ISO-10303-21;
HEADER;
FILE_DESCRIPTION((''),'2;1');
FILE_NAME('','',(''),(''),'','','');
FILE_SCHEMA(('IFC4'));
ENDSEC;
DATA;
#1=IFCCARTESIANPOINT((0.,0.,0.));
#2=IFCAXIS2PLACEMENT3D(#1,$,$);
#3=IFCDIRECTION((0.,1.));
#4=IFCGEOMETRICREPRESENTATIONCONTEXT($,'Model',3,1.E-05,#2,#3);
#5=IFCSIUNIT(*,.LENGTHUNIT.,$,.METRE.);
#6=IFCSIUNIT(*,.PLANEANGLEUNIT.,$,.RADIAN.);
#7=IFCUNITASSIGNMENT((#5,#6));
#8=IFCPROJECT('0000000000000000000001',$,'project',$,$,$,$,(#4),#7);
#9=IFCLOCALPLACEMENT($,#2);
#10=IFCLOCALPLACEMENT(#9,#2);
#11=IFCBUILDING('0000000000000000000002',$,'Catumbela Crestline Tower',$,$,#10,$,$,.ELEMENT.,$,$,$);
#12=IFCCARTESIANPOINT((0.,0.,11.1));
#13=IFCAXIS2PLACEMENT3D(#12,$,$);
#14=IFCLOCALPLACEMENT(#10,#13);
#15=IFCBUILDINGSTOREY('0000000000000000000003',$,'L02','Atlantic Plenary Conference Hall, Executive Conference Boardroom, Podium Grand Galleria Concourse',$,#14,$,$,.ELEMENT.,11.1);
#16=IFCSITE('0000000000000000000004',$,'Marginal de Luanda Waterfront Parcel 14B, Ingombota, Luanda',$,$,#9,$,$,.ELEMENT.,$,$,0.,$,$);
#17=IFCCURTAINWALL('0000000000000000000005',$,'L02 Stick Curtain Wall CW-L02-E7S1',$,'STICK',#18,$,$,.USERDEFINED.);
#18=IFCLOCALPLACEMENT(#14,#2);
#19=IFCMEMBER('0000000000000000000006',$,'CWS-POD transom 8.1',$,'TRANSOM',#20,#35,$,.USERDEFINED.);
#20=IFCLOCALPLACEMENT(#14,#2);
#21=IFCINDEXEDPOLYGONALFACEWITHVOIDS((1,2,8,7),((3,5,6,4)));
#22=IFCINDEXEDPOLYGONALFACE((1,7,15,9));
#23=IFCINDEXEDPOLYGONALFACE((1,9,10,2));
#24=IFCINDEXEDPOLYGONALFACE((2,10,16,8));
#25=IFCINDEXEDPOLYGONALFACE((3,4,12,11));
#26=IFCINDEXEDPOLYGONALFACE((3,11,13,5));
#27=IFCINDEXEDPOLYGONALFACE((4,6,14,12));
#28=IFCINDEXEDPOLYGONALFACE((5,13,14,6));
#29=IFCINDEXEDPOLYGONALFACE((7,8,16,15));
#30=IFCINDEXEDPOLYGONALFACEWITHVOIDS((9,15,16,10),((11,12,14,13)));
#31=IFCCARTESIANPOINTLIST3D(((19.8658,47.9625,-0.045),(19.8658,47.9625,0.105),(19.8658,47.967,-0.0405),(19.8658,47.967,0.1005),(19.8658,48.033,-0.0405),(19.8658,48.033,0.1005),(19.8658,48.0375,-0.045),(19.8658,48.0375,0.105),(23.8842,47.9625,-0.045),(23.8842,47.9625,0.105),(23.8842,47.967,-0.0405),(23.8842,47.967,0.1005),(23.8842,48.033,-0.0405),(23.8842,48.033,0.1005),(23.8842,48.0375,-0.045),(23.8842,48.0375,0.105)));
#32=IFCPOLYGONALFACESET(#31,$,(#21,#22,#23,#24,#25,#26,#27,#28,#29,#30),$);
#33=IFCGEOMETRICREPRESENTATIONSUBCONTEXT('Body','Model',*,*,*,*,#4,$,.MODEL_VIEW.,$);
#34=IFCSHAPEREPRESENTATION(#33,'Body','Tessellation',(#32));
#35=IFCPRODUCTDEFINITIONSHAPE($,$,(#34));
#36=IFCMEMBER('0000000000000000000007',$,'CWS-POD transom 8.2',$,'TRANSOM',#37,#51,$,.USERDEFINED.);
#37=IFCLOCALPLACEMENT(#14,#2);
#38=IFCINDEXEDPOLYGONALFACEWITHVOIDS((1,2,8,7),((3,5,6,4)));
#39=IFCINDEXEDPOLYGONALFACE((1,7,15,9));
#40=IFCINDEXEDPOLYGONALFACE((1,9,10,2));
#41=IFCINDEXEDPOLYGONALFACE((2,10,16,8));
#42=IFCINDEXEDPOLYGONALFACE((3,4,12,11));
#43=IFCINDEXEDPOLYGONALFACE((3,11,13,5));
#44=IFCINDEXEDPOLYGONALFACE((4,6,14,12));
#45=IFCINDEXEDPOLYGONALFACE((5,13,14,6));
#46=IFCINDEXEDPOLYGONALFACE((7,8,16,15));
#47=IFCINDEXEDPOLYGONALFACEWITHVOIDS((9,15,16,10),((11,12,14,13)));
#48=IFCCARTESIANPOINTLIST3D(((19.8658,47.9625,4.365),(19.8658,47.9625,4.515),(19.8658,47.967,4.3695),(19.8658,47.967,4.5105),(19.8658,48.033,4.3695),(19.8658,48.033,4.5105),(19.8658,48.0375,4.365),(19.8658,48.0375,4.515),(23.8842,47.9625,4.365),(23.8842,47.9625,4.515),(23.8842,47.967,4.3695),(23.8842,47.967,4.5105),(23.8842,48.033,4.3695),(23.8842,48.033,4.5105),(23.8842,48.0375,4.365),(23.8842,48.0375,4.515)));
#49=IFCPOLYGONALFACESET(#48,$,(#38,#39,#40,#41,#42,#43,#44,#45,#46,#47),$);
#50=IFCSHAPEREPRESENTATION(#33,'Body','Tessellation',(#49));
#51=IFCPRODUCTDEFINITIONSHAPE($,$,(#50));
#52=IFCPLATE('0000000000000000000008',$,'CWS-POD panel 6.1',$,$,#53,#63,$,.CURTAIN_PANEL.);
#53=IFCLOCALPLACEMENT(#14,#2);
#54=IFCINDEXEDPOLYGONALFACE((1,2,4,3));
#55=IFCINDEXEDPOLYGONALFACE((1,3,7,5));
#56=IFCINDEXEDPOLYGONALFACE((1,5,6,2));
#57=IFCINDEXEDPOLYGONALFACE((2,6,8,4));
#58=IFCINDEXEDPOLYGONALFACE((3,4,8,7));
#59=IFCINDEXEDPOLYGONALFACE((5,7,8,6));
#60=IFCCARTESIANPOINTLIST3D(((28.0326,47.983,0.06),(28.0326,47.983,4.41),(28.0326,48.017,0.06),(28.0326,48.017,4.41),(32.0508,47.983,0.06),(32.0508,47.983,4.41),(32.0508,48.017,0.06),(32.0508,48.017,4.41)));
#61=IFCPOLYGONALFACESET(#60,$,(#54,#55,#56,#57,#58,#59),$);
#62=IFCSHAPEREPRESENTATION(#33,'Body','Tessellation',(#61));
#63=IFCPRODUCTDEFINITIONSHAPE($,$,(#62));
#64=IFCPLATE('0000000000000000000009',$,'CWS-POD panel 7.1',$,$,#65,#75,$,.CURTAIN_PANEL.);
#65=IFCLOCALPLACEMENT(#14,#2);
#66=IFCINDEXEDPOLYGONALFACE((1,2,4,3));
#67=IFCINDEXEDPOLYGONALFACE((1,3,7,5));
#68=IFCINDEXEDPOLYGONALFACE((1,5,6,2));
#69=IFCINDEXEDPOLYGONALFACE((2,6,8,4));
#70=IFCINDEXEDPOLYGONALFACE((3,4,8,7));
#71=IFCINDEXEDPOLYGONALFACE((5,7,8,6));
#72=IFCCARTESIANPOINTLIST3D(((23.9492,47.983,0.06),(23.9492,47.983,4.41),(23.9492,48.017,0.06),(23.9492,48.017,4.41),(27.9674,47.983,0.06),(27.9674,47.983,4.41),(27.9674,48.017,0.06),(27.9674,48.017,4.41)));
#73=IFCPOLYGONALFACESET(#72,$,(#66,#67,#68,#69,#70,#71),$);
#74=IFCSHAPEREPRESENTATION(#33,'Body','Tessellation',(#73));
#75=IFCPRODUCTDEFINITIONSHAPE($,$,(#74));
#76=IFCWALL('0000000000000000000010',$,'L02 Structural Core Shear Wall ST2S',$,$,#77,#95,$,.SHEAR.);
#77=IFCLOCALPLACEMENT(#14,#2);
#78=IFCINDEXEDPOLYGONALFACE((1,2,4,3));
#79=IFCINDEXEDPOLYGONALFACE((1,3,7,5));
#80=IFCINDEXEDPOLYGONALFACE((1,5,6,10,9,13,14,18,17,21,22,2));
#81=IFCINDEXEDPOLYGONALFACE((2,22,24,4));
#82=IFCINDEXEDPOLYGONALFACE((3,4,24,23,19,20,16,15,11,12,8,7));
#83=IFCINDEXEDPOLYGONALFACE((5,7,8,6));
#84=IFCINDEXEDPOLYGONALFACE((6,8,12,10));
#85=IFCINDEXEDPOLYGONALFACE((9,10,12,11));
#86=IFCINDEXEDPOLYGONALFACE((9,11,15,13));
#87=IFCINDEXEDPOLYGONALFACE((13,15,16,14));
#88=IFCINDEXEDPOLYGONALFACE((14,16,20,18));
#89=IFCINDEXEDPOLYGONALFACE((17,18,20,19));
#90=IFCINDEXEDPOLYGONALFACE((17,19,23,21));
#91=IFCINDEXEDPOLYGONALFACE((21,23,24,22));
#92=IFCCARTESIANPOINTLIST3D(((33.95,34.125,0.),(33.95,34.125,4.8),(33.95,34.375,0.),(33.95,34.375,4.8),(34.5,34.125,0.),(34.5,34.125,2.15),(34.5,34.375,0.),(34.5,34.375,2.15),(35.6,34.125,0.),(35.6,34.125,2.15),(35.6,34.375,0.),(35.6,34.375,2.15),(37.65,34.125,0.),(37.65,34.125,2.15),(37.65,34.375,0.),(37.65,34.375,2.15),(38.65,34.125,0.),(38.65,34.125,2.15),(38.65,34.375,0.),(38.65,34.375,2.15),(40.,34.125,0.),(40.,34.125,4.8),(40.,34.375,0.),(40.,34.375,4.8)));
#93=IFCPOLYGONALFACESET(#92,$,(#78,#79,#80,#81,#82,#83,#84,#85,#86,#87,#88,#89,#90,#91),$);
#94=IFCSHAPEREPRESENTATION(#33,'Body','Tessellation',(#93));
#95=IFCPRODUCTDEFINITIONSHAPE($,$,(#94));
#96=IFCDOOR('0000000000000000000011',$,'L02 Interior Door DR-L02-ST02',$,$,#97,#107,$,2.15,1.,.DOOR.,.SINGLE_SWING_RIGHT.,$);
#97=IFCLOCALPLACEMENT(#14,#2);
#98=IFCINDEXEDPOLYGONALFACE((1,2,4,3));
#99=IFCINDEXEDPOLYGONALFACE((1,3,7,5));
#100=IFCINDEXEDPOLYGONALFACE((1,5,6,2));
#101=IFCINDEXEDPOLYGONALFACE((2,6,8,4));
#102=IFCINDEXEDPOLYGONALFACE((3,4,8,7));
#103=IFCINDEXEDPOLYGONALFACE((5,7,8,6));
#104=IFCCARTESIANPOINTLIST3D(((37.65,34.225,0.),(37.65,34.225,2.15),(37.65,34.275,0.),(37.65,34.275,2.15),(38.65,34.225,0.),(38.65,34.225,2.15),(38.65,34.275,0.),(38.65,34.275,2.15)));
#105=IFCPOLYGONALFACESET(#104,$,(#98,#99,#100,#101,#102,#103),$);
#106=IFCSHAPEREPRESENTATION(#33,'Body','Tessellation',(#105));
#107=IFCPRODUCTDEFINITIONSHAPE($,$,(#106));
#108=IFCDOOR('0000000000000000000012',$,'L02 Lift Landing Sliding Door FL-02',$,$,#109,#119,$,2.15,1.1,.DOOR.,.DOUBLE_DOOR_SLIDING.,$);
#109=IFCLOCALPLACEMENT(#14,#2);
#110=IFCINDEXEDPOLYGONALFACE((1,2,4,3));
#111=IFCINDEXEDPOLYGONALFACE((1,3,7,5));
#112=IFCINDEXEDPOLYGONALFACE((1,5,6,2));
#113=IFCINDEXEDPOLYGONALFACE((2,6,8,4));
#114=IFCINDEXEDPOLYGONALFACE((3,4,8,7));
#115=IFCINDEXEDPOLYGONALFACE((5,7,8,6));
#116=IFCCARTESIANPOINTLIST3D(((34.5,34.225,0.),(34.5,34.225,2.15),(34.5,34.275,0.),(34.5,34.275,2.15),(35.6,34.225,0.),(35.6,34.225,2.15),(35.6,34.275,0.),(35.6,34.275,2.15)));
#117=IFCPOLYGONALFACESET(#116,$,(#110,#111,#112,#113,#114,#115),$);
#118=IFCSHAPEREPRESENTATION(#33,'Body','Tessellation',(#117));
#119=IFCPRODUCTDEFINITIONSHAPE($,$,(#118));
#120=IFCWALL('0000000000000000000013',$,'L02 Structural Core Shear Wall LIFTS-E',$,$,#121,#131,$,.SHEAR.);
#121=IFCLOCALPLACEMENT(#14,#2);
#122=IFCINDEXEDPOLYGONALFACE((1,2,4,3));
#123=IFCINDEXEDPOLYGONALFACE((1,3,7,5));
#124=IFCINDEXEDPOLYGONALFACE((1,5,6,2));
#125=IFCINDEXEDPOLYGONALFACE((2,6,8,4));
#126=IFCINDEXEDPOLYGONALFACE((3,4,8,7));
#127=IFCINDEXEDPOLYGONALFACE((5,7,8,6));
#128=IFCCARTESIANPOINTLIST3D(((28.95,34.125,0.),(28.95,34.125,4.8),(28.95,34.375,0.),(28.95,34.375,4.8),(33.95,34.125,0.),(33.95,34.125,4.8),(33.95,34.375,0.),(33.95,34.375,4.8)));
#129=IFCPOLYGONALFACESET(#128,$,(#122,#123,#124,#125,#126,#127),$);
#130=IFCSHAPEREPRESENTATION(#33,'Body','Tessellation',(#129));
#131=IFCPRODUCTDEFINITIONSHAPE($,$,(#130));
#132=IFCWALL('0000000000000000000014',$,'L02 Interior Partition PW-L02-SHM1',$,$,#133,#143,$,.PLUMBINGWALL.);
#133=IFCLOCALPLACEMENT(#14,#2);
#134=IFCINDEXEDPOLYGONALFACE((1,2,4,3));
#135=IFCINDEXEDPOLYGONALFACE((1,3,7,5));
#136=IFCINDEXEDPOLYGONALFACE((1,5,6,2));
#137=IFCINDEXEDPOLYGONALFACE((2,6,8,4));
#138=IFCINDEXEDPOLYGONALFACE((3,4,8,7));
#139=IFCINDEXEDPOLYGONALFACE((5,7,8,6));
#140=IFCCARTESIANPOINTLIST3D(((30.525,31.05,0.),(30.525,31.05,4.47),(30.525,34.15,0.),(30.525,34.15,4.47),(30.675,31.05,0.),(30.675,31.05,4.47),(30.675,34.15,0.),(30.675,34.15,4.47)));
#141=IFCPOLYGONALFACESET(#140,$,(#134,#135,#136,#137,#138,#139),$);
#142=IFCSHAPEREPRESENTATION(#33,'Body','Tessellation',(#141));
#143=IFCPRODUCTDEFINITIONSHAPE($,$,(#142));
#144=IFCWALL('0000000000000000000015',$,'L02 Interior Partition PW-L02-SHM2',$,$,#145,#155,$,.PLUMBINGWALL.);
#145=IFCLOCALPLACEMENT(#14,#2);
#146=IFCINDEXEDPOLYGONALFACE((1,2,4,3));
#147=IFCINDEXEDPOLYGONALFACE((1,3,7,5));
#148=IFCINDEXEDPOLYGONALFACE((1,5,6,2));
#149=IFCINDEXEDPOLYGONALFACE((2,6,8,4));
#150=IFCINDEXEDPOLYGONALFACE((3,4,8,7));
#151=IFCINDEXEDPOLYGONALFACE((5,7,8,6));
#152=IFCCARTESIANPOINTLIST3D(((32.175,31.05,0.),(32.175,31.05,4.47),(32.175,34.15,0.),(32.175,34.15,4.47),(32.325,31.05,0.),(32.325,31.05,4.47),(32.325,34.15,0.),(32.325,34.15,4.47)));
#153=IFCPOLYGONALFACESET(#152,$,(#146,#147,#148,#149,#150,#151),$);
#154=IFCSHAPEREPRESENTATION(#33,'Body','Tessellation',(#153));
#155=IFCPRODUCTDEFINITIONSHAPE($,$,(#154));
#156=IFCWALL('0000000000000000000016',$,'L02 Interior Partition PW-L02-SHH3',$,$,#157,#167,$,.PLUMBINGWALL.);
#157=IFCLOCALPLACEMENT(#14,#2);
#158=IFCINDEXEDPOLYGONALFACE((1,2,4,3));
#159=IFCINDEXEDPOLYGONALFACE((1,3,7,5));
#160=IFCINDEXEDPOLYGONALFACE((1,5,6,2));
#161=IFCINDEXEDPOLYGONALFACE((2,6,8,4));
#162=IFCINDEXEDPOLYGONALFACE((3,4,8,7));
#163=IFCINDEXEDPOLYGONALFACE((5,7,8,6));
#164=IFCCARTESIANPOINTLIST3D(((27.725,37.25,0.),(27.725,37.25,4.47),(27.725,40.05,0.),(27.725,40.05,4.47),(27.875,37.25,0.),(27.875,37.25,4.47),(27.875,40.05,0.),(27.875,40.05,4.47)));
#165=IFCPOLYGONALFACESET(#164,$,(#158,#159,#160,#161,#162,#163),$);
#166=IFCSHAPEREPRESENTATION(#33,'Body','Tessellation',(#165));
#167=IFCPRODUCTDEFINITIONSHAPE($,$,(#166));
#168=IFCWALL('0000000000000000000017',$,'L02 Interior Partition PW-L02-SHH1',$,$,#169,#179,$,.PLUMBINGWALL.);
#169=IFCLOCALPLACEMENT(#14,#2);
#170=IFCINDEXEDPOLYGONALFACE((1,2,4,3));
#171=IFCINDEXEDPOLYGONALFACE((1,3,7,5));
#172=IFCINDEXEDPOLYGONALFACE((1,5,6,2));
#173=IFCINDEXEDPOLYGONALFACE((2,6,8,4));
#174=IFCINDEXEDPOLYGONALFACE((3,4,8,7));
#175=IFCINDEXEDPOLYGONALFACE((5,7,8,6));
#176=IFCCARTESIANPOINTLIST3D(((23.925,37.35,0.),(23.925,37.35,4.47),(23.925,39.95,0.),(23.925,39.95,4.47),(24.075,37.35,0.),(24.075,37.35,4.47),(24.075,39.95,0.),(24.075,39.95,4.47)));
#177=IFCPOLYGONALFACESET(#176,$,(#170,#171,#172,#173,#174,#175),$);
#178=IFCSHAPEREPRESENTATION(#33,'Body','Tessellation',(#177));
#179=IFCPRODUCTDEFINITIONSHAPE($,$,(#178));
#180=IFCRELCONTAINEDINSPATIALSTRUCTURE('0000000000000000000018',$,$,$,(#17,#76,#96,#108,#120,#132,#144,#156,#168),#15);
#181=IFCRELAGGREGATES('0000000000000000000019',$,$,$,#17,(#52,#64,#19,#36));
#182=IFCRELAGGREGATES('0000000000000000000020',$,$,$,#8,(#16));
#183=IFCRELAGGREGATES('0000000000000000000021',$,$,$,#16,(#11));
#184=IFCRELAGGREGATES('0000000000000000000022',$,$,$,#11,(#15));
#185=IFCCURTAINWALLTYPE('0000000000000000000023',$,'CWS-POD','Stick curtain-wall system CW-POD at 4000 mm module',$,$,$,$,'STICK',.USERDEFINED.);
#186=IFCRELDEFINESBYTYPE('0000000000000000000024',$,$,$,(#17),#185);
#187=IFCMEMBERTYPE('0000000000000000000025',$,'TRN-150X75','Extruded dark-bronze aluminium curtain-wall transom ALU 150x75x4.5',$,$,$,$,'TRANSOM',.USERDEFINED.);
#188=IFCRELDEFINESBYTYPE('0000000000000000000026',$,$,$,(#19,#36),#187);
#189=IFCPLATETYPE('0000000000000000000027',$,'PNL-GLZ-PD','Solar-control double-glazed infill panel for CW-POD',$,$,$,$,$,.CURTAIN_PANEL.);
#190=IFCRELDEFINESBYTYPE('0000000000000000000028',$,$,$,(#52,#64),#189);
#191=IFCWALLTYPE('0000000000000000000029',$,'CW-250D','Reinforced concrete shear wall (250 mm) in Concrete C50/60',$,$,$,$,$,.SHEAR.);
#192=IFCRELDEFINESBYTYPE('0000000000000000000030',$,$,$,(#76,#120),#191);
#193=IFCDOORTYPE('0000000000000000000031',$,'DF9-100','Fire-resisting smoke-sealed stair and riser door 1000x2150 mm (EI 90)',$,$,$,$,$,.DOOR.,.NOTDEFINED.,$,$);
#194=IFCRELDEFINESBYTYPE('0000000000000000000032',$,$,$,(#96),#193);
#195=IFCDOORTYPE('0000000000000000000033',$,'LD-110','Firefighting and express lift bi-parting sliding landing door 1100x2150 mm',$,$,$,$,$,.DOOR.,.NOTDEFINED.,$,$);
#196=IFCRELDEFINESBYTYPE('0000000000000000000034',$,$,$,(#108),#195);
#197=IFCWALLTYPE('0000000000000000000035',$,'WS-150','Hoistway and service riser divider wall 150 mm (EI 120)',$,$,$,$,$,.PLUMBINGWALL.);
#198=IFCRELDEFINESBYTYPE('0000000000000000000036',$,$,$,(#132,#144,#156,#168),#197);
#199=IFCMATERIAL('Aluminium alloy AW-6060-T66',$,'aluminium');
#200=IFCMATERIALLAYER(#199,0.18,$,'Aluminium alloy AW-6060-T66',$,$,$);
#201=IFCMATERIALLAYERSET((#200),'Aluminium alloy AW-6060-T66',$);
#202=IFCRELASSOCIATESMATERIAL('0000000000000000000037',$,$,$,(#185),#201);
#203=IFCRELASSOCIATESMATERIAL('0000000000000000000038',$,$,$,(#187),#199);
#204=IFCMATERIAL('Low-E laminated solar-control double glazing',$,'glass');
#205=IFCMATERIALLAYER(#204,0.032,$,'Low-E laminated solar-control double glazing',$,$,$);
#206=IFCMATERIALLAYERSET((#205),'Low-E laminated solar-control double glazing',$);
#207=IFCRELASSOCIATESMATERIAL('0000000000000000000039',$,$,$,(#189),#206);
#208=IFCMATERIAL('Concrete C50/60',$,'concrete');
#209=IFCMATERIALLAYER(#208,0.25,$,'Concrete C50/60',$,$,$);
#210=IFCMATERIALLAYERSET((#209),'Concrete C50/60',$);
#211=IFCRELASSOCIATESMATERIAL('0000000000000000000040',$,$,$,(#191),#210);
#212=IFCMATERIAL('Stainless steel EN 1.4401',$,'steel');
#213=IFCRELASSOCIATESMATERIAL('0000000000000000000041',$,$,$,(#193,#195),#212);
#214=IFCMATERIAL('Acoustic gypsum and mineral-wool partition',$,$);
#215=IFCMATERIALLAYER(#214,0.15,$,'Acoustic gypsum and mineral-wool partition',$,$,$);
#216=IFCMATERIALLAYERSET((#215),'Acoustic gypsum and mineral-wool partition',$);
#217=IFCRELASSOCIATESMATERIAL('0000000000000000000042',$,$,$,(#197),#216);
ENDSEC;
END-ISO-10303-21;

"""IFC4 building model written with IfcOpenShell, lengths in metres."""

from ifc_helpers import new_model, si_unit, direction, frame, frame_2d, origin, origin_2d, place, context, subcontext, project, spatial, rectangle, hollow_rectangle, extrude, material, layer, layer_set, material_profile, profile_set, type_object, element, fill, aggregate, save


model = new_model("IFC4")

# Units and contexts
model_context = context("Model", 3, precision=1e-05, world=origin(), true_north=direction((0.0, 1.0)))
body_context = subcontext(model_context, "Body", "Model", "MODEL_VIEW")
ifc_project = project(units=[si_unit("LENGTHUNIT", "METRE"), si_unit("PLANEANGLEUNIT", "RADIAN")], contexts=[model_context])

# Site, building, storey
site_placement = place(None, origin())
site = spatial("IfcSite", under=ifc_project, at=site_placement, Name="Marginal de Luanda Waterfront Parcel 14B, Ingombota, Luanda", CompositionType="ELEMENT", RefElevation=0.0)
building_placement = place(site_placement, origin())
building = spatial("IfcBuilding", under=site, at=building_placement, Name="Catumbela Crestline Tower", CompositionType="ELEMENT")
storey_placement = place(building_placement, frame((0.0, 0.0, 11.1)))
storey = spatial("IfcBuildingStorey", under=building, at=storey_placement, Name="L02", Description="Atlantic Plenary Conference Hall, Executive Conference Boardroom, Podium Grand Galleria Concourse", CompositionType="ELEMENT", Elevation=11.1)

# Curtain wall
ifc_material_1 = material(Name="Aluminium alloy AW-6060-T66", Category="aluminium")
ifc_layer_1 = layer(ifc_material_1, 0.18, Name="Aluminium alloy AW-6060-T66")
ifc_layer_set_1 = layer_set([ifc_layer_1], Name="Aluminium alloy AW-6060-T66")
curtain_wall_type = type_object("IfcCurtainWallType", Name="CWS-POD", Description="Stick curtain-wall system CW-POD at 4000 mm module", ElementType="STICK", PredefinedType="USERDEFINED", material=ifc_layer_set_1)
curtain_wall_placement = place(storey_placement, origin())
curtain_wall = element("IfcCurtainWall", 1, at=curtain_wall_placement, inside=storey, type_object=curtain_wall_type, Name="L02 Stick Curtain Wall CW-L02-E7S1", ObjectType="STICK", PredefinedType="USERDEFINED")

# Members
ifc_material_profile_1 = material_profile(ifc_material_1, hollow_rectangle(XDim=0.075, YDim=0.15, WallThickness=0.0045, at=origin_2d()), Name="ALU 150x75x4.5")
ifc_profile_set_1 = profile_set([ifc_material_profile_1], Name="Aluminium alloy AW-6060-T66")
member_type_1 = type_object("IfcMemberType", Name="TRN-150X75", Description="Extruded dark-bronze aluminium curtain-wall transom ALU 150x75x4.5", ElementType="TRANSOM", PredefinedType="USERDEFINED", material=ifc_profile_set_1)
member_1_placement = place(storey_placement, frame((23.8842, 48.0, 0.03), z_axis=(-1.0, 0.0, 0.0), x_axis=(0.0, -1.0, 0.0)))
member_1 = element("IfcMember", 2, at=member_1_placement, type_object=member_type_1, Name="CWS-POD transom 8.1", ObjectType="TRANSOM", PredefinedType="USERDEFINED", context=body_context, shape_type="SweptSolid", body=[
    extrude(hollow_rectangle(XDim=0.075, YDim=0.15, WallThickness=0.0045, at=origin_2d()), origin(), (0.0, 0.0, 1.0), 4.0184),
])
member_2_placement = place(storey_placement, frame((23.8842, 48.0, 4.44), z_axis=(-1.0, 0.0, 0.0), x_axis=(0.0, -1.0, 0.0)))
member_2 = element("IfcMember", 3, at=member_2_placement, type_object=member_type_1, Name="CWS-POD transom 8.2", ObjectType="TRANSOM", PredefinedType="USERDEFINED", context=body_context, shape_type="SweptSolid", body=[
    extrude(hollow_rectangle(XDim=0.075, YDim=0.15, WallThickness=0.0045, at=origin_2d()), origin(), (0.0, 0.0, 1.0), 4.0184),
])

# Plates
ifc_material_2 = material(Name="Low-E laminated solar-control double glazing", Category="glass")
ifc_layer_2 = layer(ifc_material_2, 0.032, Name="Low-E laminated solar-control double glazing")
ifc_layer_set_2 = layer_set([ifc_layer_2], Name="Low-E laminated solar-control double glazing")
plate_type = type_object("IfcPlateType", Name="PNL-GLZ-PD", Description="Solar-control double-glazed infill panel for CW-POD", PredefinedType="CURTAIN_PANEL", material=ifc_layer_set_2)
plate_1_placement = place(storey_placement, frame((30.0417, 48.0, 0.06), z_axis=(0.0, 0.0, 1.0), x_axis=(-1.0, 0.0, 0.0)))
plate_1 = element("IfcPlate", 4, at=plate_1_placement, type_object=plate_type, Name="CWS-POD panel 6.1", PredefinedType="CURTAIN_PANEL", context=body_context, shape_type="SweptSolid", body=[
    extrude(rectangle(XDim=4.0183, YDim=0.034, at=origin_2d()), origin(), (0.0, 0.0, 1.0), 4.35),
])
plate_2_placement = place(storey_placement, frame((25.9583, 48.0, 0.06), z_axis=(0.0, 0.0, 1.0), x_axis=(-1.0, 0.0, 0.0)))
plate_2 = element("IfcPlate", 5, at=plate_2_placement, type_object=plate_type, Name="CWS-POD panel 7.1", PredefinedType="CURTAIN_PANEL", context=body_context, shape_type="SweptSolid", body=[
    extrude(rectangle(XDim=4.0183, YDim=0.034, at=origin_2d()), origin(), (0.0, 0.0, 1.0), 4.35),
])
aggregate(curtain_wall, [plate_1, plate_2, member_1, member_2])

# Wall, openings, doors
ifc_material_3 = material(Name="Concrete C50/60", Category="concrete")
ifc_layer_3 = layer(ifc_material_3, 0.25, Name="Concrete C50/60")
ifc_layer_set_3 = layer_set([ifc_layer_3], Name="Concrete C50/60")
wall_type_1 = type_object("IfcWallType", Name="CW-250D", Description="Reinforced concrete shear wall (250 mm) in Concrete C50/60", PredefinedType="SHEAR", material=ifc_layer_set_3)
wall_1_placement = place(storey_placement, frame((33.95, 34.25, 0.0), z_axis=(0.0, 0.0, 1.0), x_axis=(1.0, 0.0, 0.0)))
wall_1 = element("IfcWall", 6, at=wall_1_placement, inside=storey, type_object=wall_type_1, Name="L02 Structural Core Shear Wall ST2S", PredefinedType="SHEAR", context=body_context, shape_type="SweptSolid", body=[
    extrude(rectangle(XDim=6.05, YDim=0.25, at=frame_2d((3.025, 0.0))), origin(), (0.0, 0.0, 1.0), 4.8),
])
opening_1_placement = place(wall_1_placement, frame((3.7, 0.0, 0.0)))
opening_1 = element("IfcOpeningElement", 7, at=opening_1_placement, cuts=wall_1, PredefinedType="OPENING", context=body_context, shape_type="SweptSolid", body=[
    extrude(rectangle(XDim=1.0, YDim=2.15, at=frame_2d((0.5, 1.075))), frame((0.0, 0.135, 0.0), z_axis=(0.0, -1.0, 0.0), x_axis=(1.0, 0.0, 0.0)), (0.0, 0.0, 1.0), 0.27),
])
opening_2_placement = place(wall_1_placement, frame((0.55, 0.0, 0.0)))
opening_2 = element("IfcOpeningElement", 8, at=opening_2_placement, cuts=wall_1, PredefinedType="OPENING", context=body_context, shape_type="SweptSolid", body=[
    extrude(rectangle(XDim=1.1, YDim=2.15, at=frame_2d((0.55, 1.075))), frame((0.0, 0.135, 0.0), z_axis=(0.0, -1.0, 0.0), x_axis=(1.0, 0.0, 0.0)), (0.0, 0.0, 1.0), 0.27),
])
ifc_material_4 = material(Name="Stainless steel EN 1.4401", Category="steel")
door_type_1 = type_object("IfcDoorType", Name="DF9-100", Description="Fire-resisting smoke-sealed stair and riser door 1000x2150 mm (EI 90)", OperationType="NOTDEFINED", PredefinedType="DOOR", material=ifc_material_4)
door_1_placement = place(opening_1_placement, origin())
door_1 = element("IfcDoor", 9, at=door_1_placement, inside=storey, type_object=door_type_1, Name="L02 Interior Door DR-L02-ST02", OperationType="SINGLE_SWING_RIGHT", OverallHeight=2.15, OverallWidth=1.0, PredefinedType="DOOR", context=body_context, shape_type="SweptSolid", body=[
    extrude(rectangle(XDim=1.0, YDim=2.15, at=frame_2d((0.5, 1.075))), frame((0.0, 0.025, 0.0), z_axis=(0.0, -1.0, 0.0), x_axis=(1.0, 0.0, 0.0)), (0.0, 0.0, 1.0), 0.05),
])
fill(opening_1, door_1)
door_type_2 = type_object("IfcDoorType", Name="LD-110", Description="Firefighting and express lift bi-parting sliding landing door 1100x2150 mm", OperationType="NOTDEFINED", PredefinedType="DOOR", material=ifc_material_4)
door_2_placement = place(opening_2_placement, origin())
door_2 = element("IfcDoor", 10, at=door_2_placement, inside=storey, type_object=door_type_2, Name="L02 Lift Landing Sliding Door FL-02", OperationType="DOUBLE_DOOR_SLIDING", OverallHeight=2.15, OverallWidth=1.1, PredefinedType="DOOR", context=body_context, shape_type="SweptSolid", body=[
    extrude(rectangle(XDim=1.1, YDim=2.15, at=frame_2d((0.55, 1.075))), frame((0.0, 0.025, 0.0), z_axis=(0.0, -1.0, 0.0), x_axis=(1.0, 0.0, 0.0)), (0.0, 0.0, 1.0), 0.05),
])
fill(opening_2, door_2)

# Walls
wall_2_placement = place(storey_placement, frame((28.95, 34.25, 0.0), z_axis=(0.0, 0.0, 1.0), x_axis=(1.0, 0.0, 0.0)))
element("IfcWall", 11, at=wall_2_placement, inside=storey, type_object=wall_type_1, Name="L02 Structural Core Shear Wall LIFTS-E", PredefinedType="SHEAR", context=body_context, shape_type="SweptSolid", body=[
    extrude(rectangle(XDim=5.0, YDim=0.25, at=frame_2d((2.5, 0.0))), origin(), (0.0, 0.0, 1.0), 4.8),
])
ifc_material_5 = material(Name="Acoustic gypsum and mineral-wool partition")
ifc_layer_4 = layer(ifc_material_5, 0.15, Name="Acoustic gypsum and mineral-wool partition")
ifc_layer_set_4 = layer_set([ifc_layer_4], Name="Acoustic gypsum and mineral-wool partition")
wall_type_2 = type_object("IfcWallType", Name="WS-150", Description="Hoistway and service riser divider wall 150 mm (EI 120)", PredefinedType="PLUMBINGWALL", material=ifc_layer_set_4)
for number, where, z_axis, x_axis, name in (
    (12, (30.6, 31.05, 0.0), (0.0, 0.0, 1.0), (0.0, 1.0, 0.0), "L02 Interior Partition PW-L02-SHM1"),
    (13, (32.25, 31.05, 0.0), (0.0, 0.0, 1.0), (0.0, 1.0, 0.0), "L02 Interior Partition PW-L02-SHM2"),
):
    element("IfcWall", number, at=place(storey_placement, frame(where, z_axis=z_axis, x_axis=x_axis)), inside=storey, type_object=wall_type_2, Name=name, PredefinedType="PLUMBINGWALL", context=body_context, shape_type="SweptSolid", body=[
        extrude(rectangle(XDim=3.1, YDim=0.15, at=frame_2d((1.55, 0.0))), origin(), (0.0, 0.0, 1.0), 4.47),
    ])
wall_3_placement = place(storey_placement, frame((27.8, 37.25, 0.0), z_axis=(0.0, 0.0, 1.0), x_axis=(0.0, 1.0, 0.0)))
element("IfcWall", 14, at=wall_3_placement, inside=storey, type_object=wall_type_2, Name="L02 Interior Partition PW-L02-SHH3", PredefinedType="PLUMBINGWALL", context=body_context, shape_type="SweptSolid", body=[
    extrude(rectangle(XDim=2.8, YDim=0.15, at=frame_2d((1.4, 0.0))), origin(), (0.0, 0.0, 1.0), 4.47),
])
for number, where, z_axis, x_axis, name in (
    (15, (24.0, 37.35, 0.0), (0.0, 0.0, 1.0), (0.0, 1.0, 0.0), "L02 Interior Partition PW-L02-SHH1"),
):
    element("IfcWall", number, at=place(storey_placement, frame(where, z_axis=z_axis, x_axis=x_axis)), inside=storey, type_object=wall_type_2, Name=name, PredefinedType="PLUMBINGWALL", context=body_context, shape_type="SweptSolid", body=[
        extrude(rectangle(XDim=2.6, YDim=0.15, at=frame_2d((1.3, 0.0))), origin(), (0.0, 0.0, 1.0), 4.47),
    ])

save(model, "model.ifc")
